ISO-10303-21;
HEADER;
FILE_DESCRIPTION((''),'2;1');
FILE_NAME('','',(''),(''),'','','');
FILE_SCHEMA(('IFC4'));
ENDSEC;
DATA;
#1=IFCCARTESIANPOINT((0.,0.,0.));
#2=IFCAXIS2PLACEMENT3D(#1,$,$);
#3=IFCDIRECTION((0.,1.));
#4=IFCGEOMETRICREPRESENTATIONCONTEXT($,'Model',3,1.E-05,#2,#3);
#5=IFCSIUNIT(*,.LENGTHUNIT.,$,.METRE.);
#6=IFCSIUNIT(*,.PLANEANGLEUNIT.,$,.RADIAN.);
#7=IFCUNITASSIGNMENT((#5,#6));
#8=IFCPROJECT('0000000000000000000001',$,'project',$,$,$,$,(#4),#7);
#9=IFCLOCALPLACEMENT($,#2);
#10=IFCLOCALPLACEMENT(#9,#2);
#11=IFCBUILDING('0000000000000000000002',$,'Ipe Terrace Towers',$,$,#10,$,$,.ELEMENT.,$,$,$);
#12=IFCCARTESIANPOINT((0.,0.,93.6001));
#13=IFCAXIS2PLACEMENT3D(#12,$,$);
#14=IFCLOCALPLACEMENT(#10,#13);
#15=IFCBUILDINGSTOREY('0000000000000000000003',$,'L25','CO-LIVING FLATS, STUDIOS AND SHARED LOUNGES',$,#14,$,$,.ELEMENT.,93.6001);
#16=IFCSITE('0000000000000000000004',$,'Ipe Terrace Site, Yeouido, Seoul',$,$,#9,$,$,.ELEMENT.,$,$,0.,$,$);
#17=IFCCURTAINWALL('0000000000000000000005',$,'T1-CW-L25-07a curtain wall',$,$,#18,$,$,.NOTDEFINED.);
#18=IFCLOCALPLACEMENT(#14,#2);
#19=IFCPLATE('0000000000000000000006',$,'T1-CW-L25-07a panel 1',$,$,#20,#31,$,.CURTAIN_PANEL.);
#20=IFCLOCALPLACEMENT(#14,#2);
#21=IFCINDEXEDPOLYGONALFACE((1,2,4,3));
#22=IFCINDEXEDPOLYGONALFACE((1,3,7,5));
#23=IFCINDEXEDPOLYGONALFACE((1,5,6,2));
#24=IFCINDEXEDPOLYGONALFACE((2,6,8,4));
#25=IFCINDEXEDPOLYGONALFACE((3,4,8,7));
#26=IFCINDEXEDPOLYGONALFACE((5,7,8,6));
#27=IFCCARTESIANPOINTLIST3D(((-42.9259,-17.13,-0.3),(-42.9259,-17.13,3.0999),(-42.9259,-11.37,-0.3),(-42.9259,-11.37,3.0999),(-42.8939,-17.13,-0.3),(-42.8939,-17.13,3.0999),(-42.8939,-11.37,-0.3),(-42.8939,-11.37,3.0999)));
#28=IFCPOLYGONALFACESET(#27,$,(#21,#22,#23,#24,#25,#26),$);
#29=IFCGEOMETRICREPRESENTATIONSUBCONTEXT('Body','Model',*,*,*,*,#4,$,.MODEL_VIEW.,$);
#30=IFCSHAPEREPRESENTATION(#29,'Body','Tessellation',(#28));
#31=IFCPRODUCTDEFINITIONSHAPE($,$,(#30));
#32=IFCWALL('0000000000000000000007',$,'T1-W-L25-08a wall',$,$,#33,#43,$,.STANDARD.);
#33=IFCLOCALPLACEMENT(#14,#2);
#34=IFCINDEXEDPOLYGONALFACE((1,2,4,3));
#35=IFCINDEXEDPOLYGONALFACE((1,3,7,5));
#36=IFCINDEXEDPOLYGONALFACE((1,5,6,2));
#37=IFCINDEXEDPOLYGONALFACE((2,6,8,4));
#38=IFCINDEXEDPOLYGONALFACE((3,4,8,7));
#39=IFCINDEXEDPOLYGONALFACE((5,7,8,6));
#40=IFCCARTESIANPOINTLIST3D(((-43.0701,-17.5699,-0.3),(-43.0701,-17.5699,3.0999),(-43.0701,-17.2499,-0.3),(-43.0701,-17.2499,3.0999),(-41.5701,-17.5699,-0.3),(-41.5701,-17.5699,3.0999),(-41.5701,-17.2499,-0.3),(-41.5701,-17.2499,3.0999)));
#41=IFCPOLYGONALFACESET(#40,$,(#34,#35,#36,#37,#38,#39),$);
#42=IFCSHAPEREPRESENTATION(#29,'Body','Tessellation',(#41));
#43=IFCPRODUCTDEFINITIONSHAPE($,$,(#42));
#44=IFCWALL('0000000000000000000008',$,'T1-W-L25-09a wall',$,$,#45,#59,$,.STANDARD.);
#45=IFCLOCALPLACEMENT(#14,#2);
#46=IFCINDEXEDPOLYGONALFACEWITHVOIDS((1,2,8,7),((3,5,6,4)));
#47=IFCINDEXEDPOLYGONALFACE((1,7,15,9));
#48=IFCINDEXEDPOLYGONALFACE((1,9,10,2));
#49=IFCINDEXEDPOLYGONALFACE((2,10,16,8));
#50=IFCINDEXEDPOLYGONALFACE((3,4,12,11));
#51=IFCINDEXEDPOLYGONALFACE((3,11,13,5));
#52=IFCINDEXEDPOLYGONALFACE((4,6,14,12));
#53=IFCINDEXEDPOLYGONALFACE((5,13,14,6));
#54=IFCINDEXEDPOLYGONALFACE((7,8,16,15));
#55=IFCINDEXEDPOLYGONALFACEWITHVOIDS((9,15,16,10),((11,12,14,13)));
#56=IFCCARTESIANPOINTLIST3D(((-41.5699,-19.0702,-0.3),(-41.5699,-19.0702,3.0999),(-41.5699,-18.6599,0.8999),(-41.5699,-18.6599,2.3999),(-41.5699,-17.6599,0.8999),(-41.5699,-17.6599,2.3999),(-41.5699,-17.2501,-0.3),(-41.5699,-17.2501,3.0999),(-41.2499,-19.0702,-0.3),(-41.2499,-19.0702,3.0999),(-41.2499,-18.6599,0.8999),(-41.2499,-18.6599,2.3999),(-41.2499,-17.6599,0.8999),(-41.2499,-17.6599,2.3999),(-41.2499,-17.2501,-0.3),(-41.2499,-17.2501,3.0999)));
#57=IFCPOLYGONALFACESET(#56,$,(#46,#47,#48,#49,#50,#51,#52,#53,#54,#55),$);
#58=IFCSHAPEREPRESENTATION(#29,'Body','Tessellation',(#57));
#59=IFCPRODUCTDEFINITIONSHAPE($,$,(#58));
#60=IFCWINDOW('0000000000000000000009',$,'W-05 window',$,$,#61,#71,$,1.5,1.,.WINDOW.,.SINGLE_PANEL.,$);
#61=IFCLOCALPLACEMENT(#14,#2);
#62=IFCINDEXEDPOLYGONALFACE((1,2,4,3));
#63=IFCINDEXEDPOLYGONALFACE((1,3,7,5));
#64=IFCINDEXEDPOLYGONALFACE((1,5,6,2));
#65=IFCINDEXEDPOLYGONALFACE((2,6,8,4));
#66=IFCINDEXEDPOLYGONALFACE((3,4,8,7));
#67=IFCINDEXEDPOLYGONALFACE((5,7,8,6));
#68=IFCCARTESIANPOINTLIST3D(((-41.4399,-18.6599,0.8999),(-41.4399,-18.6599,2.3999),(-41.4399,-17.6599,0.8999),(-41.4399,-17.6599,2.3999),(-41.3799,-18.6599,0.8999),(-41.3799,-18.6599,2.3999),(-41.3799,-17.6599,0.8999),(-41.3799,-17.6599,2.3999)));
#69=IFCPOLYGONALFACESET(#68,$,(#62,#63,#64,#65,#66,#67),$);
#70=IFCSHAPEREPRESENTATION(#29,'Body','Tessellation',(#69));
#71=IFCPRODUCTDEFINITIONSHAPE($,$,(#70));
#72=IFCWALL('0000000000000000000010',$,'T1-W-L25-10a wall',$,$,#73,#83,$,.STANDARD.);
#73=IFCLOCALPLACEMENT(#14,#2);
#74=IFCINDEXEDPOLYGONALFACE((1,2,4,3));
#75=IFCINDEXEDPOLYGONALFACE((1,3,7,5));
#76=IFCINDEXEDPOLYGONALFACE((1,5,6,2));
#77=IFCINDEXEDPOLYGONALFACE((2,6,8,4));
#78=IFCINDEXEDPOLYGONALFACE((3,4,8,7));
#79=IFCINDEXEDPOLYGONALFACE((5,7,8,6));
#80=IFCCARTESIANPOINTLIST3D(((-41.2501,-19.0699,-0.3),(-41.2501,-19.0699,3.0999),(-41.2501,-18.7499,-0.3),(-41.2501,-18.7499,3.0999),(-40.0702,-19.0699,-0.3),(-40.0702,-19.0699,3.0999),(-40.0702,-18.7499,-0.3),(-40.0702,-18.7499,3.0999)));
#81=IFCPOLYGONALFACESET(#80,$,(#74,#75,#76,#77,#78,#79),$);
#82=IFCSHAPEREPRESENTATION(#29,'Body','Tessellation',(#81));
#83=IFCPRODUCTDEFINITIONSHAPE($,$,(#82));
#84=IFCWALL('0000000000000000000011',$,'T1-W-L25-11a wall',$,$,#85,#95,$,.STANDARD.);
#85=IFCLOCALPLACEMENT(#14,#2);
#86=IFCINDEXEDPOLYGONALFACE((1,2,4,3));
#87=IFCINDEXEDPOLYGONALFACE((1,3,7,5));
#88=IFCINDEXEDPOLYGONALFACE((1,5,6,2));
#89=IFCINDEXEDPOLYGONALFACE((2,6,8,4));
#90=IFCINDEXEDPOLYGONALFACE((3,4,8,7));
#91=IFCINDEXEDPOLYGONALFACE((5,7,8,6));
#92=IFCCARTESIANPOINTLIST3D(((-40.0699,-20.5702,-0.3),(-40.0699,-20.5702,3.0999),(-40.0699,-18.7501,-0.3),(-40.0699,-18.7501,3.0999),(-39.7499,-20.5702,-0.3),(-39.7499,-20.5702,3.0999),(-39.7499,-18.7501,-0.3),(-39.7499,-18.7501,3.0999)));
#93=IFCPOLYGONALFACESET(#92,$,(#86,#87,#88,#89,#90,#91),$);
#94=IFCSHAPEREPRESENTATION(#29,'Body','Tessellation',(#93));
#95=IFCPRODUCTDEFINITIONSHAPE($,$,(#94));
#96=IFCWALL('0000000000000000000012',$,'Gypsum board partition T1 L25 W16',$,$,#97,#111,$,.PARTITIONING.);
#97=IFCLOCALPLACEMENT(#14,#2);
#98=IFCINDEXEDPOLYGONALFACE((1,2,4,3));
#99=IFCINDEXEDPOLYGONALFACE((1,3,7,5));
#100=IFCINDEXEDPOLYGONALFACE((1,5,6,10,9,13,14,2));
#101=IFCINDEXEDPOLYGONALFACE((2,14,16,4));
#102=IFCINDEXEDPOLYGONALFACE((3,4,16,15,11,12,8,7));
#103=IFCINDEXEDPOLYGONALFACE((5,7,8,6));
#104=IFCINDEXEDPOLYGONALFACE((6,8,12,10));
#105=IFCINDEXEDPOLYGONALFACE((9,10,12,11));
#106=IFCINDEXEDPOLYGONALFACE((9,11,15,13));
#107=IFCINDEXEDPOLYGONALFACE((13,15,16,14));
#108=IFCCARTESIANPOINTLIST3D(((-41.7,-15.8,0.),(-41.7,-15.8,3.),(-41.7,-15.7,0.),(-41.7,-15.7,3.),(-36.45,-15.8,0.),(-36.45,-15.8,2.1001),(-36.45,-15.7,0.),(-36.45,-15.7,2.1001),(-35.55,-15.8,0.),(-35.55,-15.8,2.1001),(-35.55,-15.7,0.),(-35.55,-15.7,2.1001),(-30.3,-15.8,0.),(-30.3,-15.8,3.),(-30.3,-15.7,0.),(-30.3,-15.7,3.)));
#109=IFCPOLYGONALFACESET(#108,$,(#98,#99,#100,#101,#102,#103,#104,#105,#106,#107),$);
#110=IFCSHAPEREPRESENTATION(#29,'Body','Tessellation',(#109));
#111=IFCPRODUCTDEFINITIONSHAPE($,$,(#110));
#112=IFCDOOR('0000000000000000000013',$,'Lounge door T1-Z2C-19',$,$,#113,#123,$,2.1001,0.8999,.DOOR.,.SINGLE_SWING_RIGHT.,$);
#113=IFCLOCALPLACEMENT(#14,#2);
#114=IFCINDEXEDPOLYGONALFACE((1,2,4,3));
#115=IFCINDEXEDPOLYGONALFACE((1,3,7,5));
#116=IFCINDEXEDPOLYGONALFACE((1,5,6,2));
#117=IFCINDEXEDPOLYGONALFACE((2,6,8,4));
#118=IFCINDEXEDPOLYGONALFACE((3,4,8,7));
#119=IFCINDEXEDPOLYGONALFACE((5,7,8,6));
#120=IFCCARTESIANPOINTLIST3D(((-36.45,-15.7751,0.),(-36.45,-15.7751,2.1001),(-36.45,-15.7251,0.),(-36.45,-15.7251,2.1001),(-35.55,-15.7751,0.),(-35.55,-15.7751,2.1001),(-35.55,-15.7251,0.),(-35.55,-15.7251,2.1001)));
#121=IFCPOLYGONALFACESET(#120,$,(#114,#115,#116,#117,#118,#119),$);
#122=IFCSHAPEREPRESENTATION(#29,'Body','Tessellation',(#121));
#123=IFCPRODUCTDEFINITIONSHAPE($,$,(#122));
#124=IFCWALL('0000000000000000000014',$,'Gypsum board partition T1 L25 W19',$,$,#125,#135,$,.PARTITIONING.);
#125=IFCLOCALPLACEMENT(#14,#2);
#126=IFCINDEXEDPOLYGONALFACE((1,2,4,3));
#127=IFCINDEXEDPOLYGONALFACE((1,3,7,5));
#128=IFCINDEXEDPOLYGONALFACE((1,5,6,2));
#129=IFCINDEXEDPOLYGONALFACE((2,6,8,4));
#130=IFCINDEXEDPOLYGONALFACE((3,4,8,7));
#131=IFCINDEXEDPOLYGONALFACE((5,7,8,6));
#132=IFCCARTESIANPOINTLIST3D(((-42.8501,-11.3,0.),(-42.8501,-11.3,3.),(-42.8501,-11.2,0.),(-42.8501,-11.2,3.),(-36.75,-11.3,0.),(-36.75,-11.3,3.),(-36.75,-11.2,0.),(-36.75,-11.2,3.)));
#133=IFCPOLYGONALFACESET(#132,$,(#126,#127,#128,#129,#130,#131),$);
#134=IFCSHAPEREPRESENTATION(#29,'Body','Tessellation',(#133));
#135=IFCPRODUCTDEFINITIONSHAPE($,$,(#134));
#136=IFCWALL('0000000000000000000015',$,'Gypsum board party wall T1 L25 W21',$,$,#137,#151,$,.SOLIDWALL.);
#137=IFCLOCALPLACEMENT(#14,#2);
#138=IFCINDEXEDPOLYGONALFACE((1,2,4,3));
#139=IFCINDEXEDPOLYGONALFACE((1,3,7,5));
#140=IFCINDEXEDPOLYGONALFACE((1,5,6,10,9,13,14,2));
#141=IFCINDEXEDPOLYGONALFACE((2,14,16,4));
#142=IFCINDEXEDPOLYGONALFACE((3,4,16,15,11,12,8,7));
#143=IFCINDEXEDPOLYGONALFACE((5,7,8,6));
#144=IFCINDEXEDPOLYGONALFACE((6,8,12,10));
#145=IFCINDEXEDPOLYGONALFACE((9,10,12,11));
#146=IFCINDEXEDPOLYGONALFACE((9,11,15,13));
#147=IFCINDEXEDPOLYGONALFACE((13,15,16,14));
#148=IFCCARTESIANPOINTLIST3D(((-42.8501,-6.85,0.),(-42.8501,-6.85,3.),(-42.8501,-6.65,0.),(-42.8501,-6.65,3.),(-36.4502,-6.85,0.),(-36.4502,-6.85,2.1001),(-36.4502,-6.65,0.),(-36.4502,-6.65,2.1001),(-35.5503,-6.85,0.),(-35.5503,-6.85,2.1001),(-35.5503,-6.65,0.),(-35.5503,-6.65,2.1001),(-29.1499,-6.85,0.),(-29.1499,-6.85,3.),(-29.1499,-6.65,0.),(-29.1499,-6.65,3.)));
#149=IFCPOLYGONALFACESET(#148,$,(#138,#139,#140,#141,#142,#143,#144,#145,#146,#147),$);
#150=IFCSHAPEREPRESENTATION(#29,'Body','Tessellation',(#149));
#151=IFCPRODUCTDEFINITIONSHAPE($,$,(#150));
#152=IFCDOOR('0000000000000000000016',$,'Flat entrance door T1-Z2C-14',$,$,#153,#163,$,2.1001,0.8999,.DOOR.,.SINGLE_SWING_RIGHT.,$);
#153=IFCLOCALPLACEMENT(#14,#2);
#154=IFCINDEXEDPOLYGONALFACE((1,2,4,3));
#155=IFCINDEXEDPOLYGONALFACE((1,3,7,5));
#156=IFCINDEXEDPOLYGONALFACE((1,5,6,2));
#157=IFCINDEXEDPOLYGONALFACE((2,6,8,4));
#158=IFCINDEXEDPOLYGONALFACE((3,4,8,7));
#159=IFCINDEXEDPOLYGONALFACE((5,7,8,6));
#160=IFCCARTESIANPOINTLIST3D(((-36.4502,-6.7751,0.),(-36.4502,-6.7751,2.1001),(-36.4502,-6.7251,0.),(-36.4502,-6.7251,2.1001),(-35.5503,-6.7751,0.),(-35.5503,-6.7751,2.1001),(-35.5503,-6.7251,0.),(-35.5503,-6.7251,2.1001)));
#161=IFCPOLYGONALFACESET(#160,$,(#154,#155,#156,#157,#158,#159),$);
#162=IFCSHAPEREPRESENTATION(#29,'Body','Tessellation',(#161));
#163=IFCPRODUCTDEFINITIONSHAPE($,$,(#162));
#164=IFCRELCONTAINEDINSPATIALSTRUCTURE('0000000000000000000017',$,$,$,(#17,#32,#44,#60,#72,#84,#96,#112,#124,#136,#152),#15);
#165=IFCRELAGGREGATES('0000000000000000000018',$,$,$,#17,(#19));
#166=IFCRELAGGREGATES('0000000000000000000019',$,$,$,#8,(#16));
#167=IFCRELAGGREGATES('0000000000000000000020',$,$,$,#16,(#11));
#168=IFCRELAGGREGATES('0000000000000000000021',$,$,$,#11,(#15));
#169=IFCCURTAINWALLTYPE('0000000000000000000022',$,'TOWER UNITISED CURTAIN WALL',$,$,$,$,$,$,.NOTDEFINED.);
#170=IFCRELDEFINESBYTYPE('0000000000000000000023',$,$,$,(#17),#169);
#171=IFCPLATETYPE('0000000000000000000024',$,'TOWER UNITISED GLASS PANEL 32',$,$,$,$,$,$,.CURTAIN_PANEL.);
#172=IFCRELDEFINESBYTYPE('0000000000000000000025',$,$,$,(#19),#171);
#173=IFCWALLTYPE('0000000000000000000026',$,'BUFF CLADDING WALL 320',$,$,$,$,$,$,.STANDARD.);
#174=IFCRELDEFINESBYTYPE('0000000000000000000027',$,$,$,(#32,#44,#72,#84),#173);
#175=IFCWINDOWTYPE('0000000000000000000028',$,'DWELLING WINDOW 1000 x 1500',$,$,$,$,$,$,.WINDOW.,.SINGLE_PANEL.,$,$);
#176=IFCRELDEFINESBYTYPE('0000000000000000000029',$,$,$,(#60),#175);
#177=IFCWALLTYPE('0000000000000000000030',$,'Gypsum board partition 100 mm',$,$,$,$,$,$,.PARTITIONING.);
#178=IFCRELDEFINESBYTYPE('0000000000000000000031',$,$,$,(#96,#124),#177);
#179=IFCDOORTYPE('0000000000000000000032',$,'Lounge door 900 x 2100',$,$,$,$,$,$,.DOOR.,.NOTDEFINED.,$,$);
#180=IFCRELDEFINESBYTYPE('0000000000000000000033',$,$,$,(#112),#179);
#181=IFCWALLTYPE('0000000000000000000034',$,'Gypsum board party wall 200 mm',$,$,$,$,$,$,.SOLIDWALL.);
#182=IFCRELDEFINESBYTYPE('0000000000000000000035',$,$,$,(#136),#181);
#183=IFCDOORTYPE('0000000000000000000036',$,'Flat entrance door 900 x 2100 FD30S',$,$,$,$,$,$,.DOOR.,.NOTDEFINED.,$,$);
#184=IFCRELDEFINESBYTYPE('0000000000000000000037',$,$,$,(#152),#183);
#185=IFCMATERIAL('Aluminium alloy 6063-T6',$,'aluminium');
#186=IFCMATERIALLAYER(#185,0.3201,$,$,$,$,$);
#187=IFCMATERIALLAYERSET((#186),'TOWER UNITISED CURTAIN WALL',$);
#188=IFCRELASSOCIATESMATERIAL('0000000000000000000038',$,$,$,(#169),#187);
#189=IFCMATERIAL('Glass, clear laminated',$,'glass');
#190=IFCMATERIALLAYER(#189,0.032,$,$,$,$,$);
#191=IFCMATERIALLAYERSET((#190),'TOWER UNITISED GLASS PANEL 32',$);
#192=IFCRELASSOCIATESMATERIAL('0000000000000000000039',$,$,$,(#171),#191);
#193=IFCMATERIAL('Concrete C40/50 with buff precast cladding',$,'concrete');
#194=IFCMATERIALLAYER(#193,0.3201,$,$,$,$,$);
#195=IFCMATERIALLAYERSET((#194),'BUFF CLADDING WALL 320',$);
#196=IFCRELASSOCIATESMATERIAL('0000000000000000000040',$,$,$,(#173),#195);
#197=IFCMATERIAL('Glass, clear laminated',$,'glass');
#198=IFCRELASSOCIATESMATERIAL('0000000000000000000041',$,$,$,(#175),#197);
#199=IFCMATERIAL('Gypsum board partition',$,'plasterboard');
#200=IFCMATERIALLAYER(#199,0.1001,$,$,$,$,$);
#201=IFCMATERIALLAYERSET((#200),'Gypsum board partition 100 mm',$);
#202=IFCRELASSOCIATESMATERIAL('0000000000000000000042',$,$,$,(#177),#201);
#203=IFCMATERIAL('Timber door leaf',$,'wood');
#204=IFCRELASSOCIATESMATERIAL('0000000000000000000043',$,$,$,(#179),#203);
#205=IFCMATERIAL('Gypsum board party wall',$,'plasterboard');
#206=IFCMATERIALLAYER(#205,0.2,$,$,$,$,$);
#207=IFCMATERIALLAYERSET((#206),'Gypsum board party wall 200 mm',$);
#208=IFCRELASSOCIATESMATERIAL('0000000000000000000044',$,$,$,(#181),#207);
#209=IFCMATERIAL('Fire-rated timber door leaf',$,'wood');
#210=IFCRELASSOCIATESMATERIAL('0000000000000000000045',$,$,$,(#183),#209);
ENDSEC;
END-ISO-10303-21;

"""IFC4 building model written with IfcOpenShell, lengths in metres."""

from ifc_helpers import new_model, si_unit, direction, frame, frame_2d, origin, origin_2d, place, context, subcontext, project, spatial, rectangle, extrude, material, layer, layer_set, type_object, element, fill, aggregate, save


model = new_model("IFC4")

# Units and contexts
model_context = context("Model", 3, precision=1e-05, world=origin(), true_north=direction((0.0, 1.0)))
body_context = subcontext(model_context, "Body", "Model", "MODEL_VIEW")
ifc_project = project(units=[si_unit("LENGTHUNIT", "METRE"), si_unit("PLANEANGLEUNIT", "RADIAN")], contexts=[model_context])

# Site, building, storey
site_placement = place(None, origin())
site = spatial("IfcSite", under=ifc_project, at=site_placement, Name="Ipe Terrace Site, Yeouido, Seoul", CompositionType="ELEMENT", RefElevation=0.0)
building_placement = place(site_placement, origin())
building = spatial("IfcBuilding", under=site, at=building_placement, Name="Ipe Terrace Towers", CompositionType="ELEMENT")
storey_placement = place(building_placement, frame((0.0, 0.0, 93.6001)))
storey = spatial("IfcBuildingStorey", under=building, at=storey_placement, Name="L25", Description="CO-LIVING FLATS, STUDIOS AND SHARED LOUNGES", CompositionType="ELEMENT", Elevation=93.6001)

# Curtain wall
ifc_material_1 = material(Name="Aluminium alloy 6063-T6", Category="aluminium")
ifc_layer_1 = layer(ifc_material_1, 0.3201)
ifc_layer_set_1 = layer_set([ifc_layer_1], Name="TOWER UNITISED CURTAIN WALL")
curtain_wall_type = type_object("IfcCurtainWallType", Name="TOWER UNITISED CURTAIN WALL", PredefinedType="NOTDEFINED", material=ifc_layer_set_1)
curtain_wall_1_placement = place(storey_placement, origin())
curtain_wall_1 = element("IfcCurtainWall", 1, at=curtain_wall_1_placement, inside=storey, type_object=curtain_wall_type, Name="T1-CW-L25-07a curtain wall", PredefinedType="NOTDEFINED")

# Plate
ifc_material_2 = material(Name="Glass, clear laminated", Category="glass")
ifc_layer_2 = layer(ifc_material_2, 0.032)
ifc_layer_set_2 = layer_set([ifc_layer_2], Name="TOWER UNITISED GLASS PANEL 32")
plate_type = type_object("IfcPlateType", Name="TOWER UNITISED GLASS PANEL 32", PredefinedType="CURTAIN_PANEL", material=ifc_layer_set_2)
plate_1_placement = place(storey_placement, frame((-42.9099, -14.25, -0.3), z_axis=(0.0, 0.0, 1.0), x_axis=(0.0, -1.0, 0.0)))
plate_1 = element("IfcPlate", 2, at=plate_1_placement, type_object=plate_type, Name="T1-CW-L25-07a panel 1", PredefinedType="CURTAIN_PANEL", context=body_context, shape_type="SweptSolid", body=[
    extrude(rectangle(XDim=5.76, YDim=0.032, at=origin_2d()), origin(), (0.0, 0.0, 1.0), 3.3999),
])
aggregate(curtain_wall_1, [plate_1])

# Wall
ifc_material_3 = material(Name="Concrete C40/50 with buff precast cladding", Category="concrete")
ifc_layer_3 = layer(ifc_material_3, 0.3201)
ifc_layer_set_3 = layer_set([ifc_layer_3], Name="BUFF CLADDING WALL 320")
wall_type_1 = type_object("IfcWallType", Name="BUFF CLADDING WALL 320", PredefinedType="STANDARD", material=ifc_layer_set_3)
wall_1_placement = place(storey_placement, frame((-43.0701, -17.4099, -0.3), z_axis=(0.0, 0.0, 1.0), x_axis=(1.0, 0.0, 0.0)))
element("IfcWall", 3, at=wall_1_placement, inside=storey, type_object=wall_type_1, Name="T1-W-L25-08a wall", PredefinedType="STANDARD", context=body_context, shape_type="SweptSolid", body=[
    extrude(rectangle(XDim=1.5, YDim=0.3201, at=frame_2d((0.75, 0.0))), origin(), (0.0, 0.0, 1.0), 3.3999),
])

# Wall, opening, window
wall_2_placement = place(storey_placement, frame((-41.4099, -17.25, -0.3), z_axis=(0.0, 0.0, 1.0), x_axis=(0.0, -1.0, 0.0)))
wall_2 = element("IfcWall", 4, at=wall_2_placement, inside=storey, type_object=wall_type_1, Name="T1-W-L25-09a wall", PredefinedType="STANDARD", context=body_context, shape_type="SweptSolid", body=[
    extrude(rectangle(XDim=1.8201, YDim=0.3201, at=frame_2d((0.9102, 0.0))), origin(), (0.0, 0.0, 1.0), 3.3999),
])
opening_1_placement = place(wall_2_placement, frame((0.4099, 0.0, 1.2)))
opening_1 = element("IfcOpeningElement", 5, at=opening_1_placement, cuts=wall_2, PredefinedType="OPENING", context=body_context, shape_type="SweptSolid", body=[
    extrude(rectangle(XDim=1.0, YDim=1.5, at=frame_2d((0.5, 0.75))), frame((0.0, 0.1699, 0.0), z_axis=(0.0, -1.0, 0.0), x_axis=(1.0, 0.0, 0.0)), (0.0, 0.0, 1.0), 0.3401),
])
ifc_material_4 = material(Name="Glass, clear laminated", Category="glass")
window_type = type_object("IfcWindowType", Name="DWELLING WINDOW 1000 x 1500", PartitioningType="SINGLE_PANEL", PredefinedType="WINDOW", material=ifc_material_4)
window_placement = place(opening_1_placement, origin())
window = element("IfcWindow", 6, at=window_placement, inside=storey, type_object=window_type, Name="W-05 window", OverallHeight=1.5, OverallWidth=1.0, PartitioningType="SINGLE_PANEL", PredefinedType="WINDOW", context=body_context, shape_type="SweptSolid", body=[
    extrude(rectangle(XDim=1.0, YDim=1.5, at=frame_2d((0.5, 0.75))), frame((0.0, 0.03, 0.0), z_axis=(0.0, -1.0, 0.0), x_axis=(1.0, 0.0, 0.0)), (0.0, 0.0, 1.0), 0.0601),
])
fill(opening_1, window)

# Walls
wall_3_placement = place(storey_placement, frame((-41.25, -18.9099, -0.3), z_axis=(0.0, 0.0, 1.0), x_axis=(1.0, 0.0, 0.0)))
element("IfcWall", 7, at=wall_3_placement, inside=storey, type_object=wall_type_1, Name="T1-W-L25-10a wall", PredefinedType="STANDARD", context=body_context, shape_type="SweptSolid", body=[
    extrude(rectangle(XDim=1.1799, YDim=0.3201, at=frame_2d((0.5898, 0.0))), origin(), (0.0, 0.0, 1.0), 3.3999),
])
wall_4_placement = place(storey_placement, frame((-39.9099, -18.75, -0.3), z_axis=(0.0, 0.0, 1.0), x_axis=(0.0, -1.0, 0.0)))
element("IfcWall", 8, at=wall_4_placement, inside=storey, type_object=wall_type_1, Name="T1-W-L25-11a wall", PredefinedType="STANDARD", context=body_context, shape_type="SweptSolid", body=[
    extrude(rectangle(XDim=1.8201, YDim=0.3201, at=frame_2d((0.9102, 0.0))), origin(), (0.0, 0.0, 1.0), 3.3999),
])

# Wall, opening, door
ifc_material_5 = material(Name="Gypsum board partition", Category="plasterboard")
ifc_layer_4 = layer(ifc_material_5, 0.1001)
ifc_layer_set_4 = layer_set([ifc_layer_4], Name="Gypsum board partition 100 mm")
wall_type_2 = type_object("IfcWallType", Name="Gypsum board partition 100 mm", PredefinedType="PARTITIONING", material=ifc_layer_set_4)
wall_5_placement = place(storey_placement, frame((-41.7, -15.75, 0.0), z_axis=(0.0, 0.0, 1.0), x_axis=(1.0, 0.0, 0.0)))
wall_5 = element("IfcWall", 9, at=wall_5_placement, inside=storey, type_object=wall_type_2, Name="Gypsum board partition T1 L25 W16", PredefinedType="PARTITIONING", context=body_context, shape_type="SweptSolid", body=[
    extrude(rectangle(XDim=11.3999, YDim=0.1001, at=frame_2d((5.7, 0.0))), origin(), (0.0, 0.0, 1.0), 3.0),
])
opening_2_placement = place(wall_5_placement, frame((5.25, 0.0, 0.0)))
opening_2 = element("IfcOpeningElement", 10, at=opening_2_placement, cuts=wall_5, PredefinedType="OPENING", context=body_context, shape_type="SweptSolid", body=[
    extrude(rectangle(XDim=0.8999, YDim=2.1001, at=frame_2d((0.45, 1.05))), frame((0.0, 0.0601, 0.0), z_axis=(0.0, -1.0, 0.0), x_axis=(1.0, 0.0, 0.0)), (0.0, 0.0, 1.0), 0.1201),
])
ifc_material_6 = material(Name="Timber door leaf", Category="wood")
door_type_1 = type_object("IfcDoorType", Name="Lounge door 900 x 2100", OperationType="NOTDEFINED", PredefinedType="DOOR", material=ifc_material_6)
door_1_placement = place(opening_2_placement, origin())
door_1 = element("IfcDoor", 11, at=door_1_placement, inside=storey, type_object=door_type_1, Name="Lounge door T1-Z2C-19", OperationType="SINGLE_SWING_RIGHT", OverallHeight=2.1001, OverallWidth=0.8999, PredefinedType="DOOR", context=body_context, shape_type="SweptSolid", body=[
    extrude(rectangle(XDim=0.8999, YDim=2.1001, at=frame_2d((0.45, 1.05))), frame((0.0, 0.0249, 0.0), z_axis=(0.0, -1.0, 0.0), x_axis=(1.0, 0.0, 0.0)), (0.0, 0.0, 1.0), 0.05),
])
fill(opening_2, door_1)

# Wall
wall_6_placement = place(storey_placement, frame((-42.8501, -11.25, 0.0), z_axis=(0.0, 0.0, 1.0), x_axis=(1.0, 0.0, 0.0)))
element("IfcWall", 12, at=wall_6_placement, inside=storey, type_object=wall_type_2, Name="Gypsum board partition T1 L25 W19", PredefinedType="PARTITIONING", context=body_context, shape_type="SweptSolid", body=[
    extrude(rectangle(XDim=6.1001, YDim=0.1001, at=frame_2d((3.05, 0.0))), origin(), (0.0, 0.0, 1.0), 3.0),
])

# Wall, opening, door
ifc_material_7 = material(Name="Gypsum board party wall", Category="plasterboard")
ifc_layer_5 = layer(ifc_material_7, 0.2)
ifc_layer_set_5 = layer_set([ifc_layer_5], Name="Gypsum board party wall 200 mm")
wall_type_3 = type_object("IfcWallType", Name="Gypsum board party wall 200 mm", PredefinedType="SOLIDWALL", material=ifc_layer_set_5)
wall_7_placement = place(storey_placement, frame((-42.8501, -6.75, 0.0), z_axis=(0.0, 0.0, 1.0), x_axis=(1.0, 0.0, 0.0)))
wall_7 = element("IfcWall", 13, at=wall_7_placement, inside=storey, type_object=wall_type_3, Name="Gypsum board party wall T1 L25 W21", PredefinedType="SOLIDWALL", context=body_context, shape_type="SweptSolid", body=[
    extrude(rectangle(XDim=13.7002, YDim=0.2, at=frame_2d((6.8501, 0.0))), origin(), (0.0, 0.0, 1.0), 3.0),
])
opening_3_placement = place(wall_7_placement, frame((6.3999, 0.0, 0.0)))
opening_3 = element("IfcOpeningElement", 14, at=opening_3_placement, cuts=wall_7, PredefinedType="OPENING", context=body_context, shape_type="SweptSolid", body=[
    extrude(rectangle(XDim=0.8999, YDim=2.1001, at=frame_2d((0.45, 1.05))), frame((0.0, 0.1099, 0.0), z_axis=(0.0, -1.0, 0.0), x_axis=(1.0, 0.0, 0.0)), (0.0, 0.0, 1.0), 0.22),
])
ifc_material_8 = material(Name="Fire-rated timber door leaf", Category="wood")
door_type_2 = type_object("IfcDoorType", Name="Flat entrance door 900 x 2100 FD30S", OperationType="NOTDEFINED", PredefinedType="DOOR", material=ifc_material_8)
door_2_placement = place(opening_3_placement, origin())
door_2 = element("IfcDoor", 15, at=door_2_placement, inside=storey, type_object=door_type_2, Name="Flat entrance door T1-Z2C-14", OperationType="SINGLE_SWING_RIGHT", OverallHeight=2.1001, OverallWidth=0.8999, PredefinedType="DOOR", context=body_context, shape_type="SweptSolid", body=[
    extrude(rectangle(XDim=0.8999, YDim=2.1001, at=frame_2d((0.45, 1.05))), frame((0.0, 0.0249, 0.0), z_axis=(0.0, -1.0, 0.0), x_axis=(1.0, 0.0, 0.0)), (0.0, 0.0, 1.0), 0.05),
])
fill(opening_3, door_2)

save(model, "model.ifc")
